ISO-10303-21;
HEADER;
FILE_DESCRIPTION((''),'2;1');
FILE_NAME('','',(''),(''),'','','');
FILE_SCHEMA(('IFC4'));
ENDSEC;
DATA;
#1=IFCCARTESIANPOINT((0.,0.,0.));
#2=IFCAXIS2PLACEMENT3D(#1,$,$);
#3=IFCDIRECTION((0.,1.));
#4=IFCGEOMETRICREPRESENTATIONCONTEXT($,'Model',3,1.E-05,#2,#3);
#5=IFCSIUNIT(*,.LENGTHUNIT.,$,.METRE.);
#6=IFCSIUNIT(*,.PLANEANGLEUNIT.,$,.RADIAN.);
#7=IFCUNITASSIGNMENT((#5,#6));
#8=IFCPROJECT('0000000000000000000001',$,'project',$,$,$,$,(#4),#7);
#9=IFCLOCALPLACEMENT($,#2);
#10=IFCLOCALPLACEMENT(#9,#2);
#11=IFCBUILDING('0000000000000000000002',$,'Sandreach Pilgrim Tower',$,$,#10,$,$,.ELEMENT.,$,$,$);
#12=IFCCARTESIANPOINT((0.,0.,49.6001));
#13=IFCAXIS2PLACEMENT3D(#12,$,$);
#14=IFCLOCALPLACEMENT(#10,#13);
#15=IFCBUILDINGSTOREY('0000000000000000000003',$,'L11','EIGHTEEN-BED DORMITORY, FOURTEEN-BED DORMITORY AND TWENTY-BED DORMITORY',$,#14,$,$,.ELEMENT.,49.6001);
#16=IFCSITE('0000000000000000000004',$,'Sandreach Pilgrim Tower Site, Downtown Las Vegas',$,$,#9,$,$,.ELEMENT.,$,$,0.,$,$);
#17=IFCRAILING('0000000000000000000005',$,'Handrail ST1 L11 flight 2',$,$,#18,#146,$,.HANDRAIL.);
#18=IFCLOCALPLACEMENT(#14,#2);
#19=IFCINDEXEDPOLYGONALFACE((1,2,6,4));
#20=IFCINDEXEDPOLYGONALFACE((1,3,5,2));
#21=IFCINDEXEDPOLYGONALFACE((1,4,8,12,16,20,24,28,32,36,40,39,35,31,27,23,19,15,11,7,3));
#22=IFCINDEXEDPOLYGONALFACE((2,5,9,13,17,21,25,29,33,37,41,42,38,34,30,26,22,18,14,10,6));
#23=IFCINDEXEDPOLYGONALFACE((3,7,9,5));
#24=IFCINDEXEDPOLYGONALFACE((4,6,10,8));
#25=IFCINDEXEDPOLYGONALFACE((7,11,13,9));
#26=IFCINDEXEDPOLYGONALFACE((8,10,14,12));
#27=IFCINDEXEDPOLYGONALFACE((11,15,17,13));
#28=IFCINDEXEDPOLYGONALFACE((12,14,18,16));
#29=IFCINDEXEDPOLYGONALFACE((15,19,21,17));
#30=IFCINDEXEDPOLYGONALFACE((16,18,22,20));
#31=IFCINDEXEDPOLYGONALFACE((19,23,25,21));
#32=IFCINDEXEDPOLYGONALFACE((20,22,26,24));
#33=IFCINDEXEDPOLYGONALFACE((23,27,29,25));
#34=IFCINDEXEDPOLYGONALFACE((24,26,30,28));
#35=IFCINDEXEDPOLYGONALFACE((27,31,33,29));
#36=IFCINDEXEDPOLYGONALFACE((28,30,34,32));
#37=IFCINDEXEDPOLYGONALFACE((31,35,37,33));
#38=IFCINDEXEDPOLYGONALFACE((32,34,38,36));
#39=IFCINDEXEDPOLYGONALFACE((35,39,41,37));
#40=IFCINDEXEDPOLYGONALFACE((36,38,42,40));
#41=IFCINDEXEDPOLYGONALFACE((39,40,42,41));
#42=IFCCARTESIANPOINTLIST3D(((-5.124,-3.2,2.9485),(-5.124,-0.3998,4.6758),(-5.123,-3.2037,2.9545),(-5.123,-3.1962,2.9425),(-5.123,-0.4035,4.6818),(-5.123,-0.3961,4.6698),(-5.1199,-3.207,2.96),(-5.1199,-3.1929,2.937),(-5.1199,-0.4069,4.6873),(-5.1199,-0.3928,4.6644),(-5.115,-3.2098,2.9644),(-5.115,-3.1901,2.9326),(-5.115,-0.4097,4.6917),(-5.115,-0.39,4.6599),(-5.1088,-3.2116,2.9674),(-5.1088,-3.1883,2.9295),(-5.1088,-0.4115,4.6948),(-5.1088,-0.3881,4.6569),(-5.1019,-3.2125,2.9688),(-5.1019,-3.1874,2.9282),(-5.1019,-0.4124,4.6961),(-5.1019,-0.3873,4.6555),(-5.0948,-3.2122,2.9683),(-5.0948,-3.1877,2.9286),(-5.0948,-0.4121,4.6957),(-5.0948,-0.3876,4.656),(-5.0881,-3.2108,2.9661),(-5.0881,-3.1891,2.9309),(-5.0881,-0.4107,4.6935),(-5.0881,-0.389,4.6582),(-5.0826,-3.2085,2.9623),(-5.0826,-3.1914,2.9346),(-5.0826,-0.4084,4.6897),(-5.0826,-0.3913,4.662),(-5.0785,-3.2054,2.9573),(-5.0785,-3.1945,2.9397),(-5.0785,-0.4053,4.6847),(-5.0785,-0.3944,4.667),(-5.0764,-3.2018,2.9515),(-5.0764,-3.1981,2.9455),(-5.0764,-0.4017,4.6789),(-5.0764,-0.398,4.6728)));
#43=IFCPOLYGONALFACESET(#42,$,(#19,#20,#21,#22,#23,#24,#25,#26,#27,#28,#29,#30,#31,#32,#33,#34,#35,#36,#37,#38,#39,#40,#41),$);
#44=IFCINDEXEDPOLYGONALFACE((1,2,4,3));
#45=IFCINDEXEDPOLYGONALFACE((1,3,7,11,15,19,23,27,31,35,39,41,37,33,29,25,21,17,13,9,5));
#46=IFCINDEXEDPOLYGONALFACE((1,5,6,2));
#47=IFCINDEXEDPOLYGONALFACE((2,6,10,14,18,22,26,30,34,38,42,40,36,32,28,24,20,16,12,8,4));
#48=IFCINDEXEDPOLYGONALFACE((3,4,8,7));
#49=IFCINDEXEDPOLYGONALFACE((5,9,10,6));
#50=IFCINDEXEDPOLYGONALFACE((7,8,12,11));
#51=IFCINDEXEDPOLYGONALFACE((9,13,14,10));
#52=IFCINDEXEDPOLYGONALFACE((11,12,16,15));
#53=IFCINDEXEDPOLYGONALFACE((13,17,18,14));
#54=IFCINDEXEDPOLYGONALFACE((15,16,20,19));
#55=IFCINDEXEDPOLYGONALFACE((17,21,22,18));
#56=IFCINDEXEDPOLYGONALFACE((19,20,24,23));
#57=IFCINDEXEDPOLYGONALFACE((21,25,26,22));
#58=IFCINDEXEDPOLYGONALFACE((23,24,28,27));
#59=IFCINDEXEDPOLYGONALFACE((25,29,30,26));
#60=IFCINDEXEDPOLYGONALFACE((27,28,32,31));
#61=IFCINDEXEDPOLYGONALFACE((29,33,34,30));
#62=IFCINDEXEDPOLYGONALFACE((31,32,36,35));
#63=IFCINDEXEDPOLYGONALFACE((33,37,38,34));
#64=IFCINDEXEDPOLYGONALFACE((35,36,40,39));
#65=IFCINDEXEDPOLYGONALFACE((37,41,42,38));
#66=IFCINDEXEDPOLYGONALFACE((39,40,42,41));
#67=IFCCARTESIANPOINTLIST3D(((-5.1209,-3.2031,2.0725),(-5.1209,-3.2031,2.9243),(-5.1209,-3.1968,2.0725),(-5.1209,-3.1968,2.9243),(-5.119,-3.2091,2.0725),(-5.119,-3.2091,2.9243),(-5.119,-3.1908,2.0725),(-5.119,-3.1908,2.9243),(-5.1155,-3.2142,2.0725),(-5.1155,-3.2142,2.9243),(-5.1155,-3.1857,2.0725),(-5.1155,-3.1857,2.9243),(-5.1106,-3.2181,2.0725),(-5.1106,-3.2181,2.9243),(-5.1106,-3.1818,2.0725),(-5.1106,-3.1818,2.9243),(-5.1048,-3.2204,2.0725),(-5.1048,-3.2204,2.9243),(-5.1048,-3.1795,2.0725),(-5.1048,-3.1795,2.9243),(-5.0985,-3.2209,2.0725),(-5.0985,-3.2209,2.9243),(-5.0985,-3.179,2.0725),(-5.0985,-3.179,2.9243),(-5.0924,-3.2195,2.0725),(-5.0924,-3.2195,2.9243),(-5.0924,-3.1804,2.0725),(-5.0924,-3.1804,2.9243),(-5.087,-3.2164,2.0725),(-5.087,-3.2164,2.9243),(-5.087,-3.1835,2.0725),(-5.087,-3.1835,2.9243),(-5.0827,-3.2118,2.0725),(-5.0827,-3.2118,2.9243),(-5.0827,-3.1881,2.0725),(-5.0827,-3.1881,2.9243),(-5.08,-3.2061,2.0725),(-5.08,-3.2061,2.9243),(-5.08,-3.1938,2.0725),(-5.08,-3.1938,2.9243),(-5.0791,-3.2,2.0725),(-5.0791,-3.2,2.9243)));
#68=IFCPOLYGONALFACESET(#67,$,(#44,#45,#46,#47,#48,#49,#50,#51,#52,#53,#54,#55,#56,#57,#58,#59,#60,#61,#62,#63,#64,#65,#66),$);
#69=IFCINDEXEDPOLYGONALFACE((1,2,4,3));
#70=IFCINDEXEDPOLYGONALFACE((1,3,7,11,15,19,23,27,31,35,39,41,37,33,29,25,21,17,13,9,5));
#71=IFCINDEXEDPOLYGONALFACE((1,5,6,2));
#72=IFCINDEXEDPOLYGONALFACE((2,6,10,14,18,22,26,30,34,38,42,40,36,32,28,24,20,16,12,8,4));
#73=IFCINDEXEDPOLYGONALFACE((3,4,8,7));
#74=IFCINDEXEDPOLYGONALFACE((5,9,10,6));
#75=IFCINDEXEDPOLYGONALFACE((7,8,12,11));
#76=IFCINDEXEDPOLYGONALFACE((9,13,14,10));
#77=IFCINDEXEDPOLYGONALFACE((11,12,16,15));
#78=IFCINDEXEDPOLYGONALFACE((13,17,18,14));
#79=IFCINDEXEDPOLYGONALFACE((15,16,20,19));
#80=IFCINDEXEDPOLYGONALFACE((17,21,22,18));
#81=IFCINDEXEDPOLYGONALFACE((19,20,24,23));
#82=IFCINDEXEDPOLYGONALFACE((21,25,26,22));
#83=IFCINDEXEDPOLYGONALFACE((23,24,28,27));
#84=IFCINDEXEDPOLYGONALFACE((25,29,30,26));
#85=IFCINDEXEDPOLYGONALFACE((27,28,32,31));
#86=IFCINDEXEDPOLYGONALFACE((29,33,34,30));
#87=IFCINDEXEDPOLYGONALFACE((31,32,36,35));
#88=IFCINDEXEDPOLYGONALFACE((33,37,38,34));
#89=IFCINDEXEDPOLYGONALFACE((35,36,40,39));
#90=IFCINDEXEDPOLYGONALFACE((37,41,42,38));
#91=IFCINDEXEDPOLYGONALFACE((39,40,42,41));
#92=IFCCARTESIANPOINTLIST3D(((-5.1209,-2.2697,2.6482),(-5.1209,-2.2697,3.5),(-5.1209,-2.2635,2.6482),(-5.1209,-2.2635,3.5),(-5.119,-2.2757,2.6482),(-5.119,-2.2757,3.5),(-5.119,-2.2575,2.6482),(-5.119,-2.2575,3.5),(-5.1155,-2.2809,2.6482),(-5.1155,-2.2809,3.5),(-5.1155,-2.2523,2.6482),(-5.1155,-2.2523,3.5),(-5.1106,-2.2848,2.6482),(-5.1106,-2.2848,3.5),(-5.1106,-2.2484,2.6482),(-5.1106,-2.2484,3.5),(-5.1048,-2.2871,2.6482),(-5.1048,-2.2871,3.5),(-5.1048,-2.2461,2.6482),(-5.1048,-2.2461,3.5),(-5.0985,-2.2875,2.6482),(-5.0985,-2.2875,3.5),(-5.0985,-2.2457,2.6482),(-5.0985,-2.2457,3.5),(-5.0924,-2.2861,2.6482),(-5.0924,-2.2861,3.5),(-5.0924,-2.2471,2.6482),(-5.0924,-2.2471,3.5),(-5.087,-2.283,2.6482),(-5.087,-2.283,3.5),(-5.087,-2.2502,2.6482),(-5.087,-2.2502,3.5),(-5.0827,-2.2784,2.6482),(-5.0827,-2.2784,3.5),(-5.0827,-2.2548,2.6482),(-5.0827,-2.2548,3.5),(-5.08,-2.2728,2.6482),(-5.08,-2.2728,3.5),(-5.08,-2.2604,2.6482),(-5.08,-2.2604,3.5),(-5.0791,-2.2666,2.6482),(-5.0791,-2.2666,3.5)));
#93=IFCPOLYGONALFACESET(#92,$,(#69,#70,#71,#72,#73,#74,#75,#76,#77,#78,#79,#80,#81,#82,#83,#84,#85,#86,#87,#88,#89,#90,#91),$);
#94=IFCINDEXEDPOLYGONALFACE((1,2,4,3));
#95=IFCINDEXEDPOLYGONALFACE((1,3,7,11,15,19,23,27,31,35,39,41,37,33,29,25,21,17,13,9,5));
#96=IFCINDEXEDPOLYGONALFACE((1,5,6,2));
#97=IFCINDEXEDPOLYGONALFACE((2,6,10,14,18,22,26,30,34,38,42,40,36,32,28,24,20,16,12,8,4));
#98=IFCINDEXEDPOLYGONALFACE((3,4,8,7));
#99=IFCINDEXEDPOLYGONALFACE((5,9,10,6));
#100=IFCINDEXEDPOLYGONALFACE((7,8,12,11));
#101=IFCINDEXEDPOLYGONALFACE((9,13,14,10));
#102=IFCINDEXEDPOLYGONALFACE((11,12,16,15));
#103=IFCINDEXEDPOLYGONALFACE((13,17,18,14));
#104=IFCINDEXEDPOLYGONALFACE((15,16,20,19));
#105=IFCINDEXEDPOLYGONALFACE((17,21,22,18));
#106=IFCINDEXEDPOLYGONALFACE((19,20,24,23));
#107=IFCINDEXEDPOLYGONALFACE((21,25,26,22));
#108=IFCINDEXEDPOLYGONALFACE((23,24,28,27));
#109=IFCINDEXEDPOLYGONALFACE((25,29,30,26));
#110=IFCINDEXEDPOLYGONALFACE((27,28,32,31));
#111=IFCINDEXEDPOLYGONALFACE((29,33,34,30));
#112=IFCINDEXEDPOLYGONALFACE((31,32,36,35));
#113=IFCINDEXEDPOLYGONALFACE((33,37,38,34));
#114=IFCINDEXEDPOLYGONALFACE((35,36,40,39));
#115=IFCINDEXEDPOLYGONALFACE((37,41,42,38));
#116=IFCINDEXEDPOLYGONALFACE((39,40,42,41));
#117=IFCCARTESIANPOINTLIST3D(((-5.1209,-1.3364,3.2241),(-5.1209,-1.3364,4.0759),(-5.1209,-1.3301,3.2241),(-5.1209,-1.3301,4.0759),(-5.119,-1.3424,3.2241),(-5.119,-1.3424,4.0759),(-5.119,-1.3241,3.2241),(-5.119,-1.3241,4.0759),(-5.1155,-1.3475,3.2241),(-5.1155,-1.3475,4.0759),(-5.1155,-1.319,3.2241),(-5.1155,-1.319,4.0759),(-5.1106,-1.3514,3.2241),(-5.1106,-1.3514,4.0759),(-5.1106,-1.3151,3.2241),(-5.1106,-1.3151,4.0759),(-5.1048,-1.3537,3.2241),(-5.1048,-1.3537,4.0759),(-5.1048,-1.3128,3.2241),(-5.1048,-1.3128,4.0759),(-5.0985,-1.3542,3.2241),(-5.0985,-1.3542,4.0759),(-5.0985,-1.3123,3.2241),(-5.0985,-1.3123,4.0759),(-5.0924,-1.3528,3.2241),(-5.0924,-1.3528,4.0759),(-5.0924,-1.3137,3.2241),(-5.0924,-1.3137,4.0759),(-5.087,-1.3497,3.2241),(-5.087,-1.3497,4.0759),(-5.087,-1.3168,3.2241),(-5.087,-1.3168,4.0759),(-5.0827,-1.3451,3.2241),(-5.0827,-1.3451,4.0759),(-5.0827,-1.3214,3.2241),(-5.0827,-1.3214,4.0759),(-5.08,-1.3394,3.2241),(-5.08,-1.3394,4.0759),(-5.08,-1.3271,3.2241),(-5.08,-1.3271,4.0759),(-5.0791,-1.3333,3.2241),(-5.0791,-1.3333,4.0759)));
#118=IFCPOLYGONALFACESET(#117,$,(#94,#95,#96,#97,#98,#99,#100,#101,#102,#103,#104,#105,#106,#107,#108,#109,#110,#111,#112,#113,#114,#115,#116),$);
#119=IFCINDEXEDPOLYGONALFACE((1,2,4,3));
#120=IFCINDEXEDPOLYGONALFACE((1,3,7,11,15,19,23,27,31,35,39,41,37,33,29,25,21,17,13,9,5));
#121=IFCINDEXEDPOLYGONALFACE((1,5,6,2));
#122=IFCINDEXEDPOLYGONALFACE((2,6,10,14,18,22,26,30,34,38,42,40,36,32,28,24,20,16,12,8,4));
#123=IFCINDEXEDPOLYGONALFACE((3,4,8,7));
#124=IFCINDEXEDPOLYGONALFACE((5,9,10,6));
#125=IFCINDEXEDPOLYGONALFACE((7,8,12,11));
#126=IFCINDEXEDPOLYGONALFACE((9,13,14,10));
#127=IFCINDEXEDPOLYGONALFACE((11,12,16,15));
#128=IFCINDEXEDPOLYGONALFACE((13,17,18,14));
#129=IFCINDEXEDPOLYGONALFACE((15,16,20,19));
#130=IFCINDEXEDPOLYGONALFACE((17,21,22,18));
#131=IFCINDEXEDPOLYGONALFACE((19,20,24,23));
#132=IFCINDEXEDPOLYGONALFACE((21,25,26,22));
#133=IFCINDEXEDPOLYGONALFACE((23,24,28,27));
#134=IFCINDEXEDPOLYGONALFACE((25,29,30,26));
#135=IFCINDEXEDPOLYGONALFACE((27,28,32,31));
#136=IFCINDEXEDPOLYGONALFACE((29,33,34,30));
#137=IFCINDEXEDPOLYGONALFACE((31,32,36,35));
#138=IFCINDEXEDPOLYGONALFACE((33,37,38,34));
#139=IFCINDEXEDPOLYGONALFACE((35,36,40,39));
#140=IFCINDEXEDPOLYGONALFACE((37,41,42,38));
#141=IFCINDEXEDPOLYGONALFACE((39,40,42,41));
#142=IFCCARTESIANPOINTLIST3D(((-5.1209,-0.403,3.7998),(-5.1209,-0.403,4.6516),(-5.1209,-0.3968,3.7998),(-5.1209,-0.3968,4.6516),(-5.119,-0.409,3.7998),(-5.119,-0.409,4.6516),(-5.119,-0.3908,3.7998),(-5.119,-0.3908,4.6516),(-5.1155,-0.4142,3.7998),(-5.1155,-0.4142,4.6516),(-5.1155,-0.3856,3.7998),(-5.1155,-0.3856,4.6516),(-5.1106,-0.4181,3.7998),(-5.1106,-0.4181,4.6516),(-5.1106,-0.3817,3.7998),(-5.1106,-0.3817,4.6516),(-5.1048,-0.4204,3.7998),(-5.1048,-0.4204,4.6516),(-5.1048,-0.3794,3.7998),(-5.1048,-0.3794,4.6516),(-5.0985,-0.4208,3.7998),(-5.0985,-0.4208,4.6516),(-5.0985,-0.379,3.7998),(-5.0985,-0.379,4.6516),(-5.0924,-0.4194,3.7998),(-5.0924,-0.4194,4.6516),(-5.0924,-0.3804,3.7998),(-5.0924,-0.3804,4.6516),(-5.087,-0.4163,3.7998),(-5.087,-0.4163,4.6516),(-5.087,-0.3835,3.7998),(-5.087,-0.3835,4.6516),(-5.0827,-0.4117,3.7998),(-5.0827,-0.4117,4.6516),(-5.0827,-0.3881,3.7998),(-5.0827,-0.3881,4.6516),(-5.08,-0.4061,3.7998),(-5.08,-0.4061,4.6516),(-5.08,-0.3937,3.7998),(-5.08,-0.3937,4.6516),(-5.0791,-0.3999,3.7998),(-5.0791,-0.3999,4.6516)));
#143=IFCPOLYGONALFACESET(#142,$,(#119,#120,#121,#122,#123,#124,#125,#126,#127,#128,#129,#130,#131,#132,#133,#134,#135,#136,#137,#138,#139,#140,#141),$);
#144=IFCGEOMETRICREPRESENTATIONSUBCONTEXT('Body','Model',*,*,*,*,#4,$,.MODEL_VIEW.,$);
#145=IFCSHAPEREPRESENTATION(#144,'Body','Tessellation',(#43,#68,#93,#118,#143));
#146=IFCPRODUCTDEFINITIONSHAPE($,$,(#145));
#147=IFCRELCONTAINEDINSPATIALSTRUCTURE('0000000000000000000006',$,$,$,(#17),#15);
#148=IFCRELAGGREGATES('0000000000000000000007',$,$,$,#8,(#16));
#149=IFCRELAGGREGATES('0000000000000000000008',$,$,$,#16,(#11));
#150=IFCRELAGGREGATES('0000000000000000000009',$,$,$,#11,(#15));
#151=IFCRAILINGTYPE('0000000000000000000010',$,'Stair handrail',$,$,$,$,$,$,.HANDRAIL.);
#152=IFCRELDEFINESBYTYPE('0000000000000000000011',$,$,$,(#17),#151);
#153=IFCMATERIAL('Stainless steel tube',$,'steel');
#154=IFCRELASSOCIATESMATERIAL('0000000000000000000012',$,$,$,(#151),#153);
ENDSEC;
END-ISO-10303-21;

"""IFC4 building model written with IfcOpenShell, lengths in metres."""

from ifc_helpers import new_model, si_unit, direction, frame, origin, origin_2d, place, context, subcontext, project, spatial, circle, extrude, material, type_object, element, save


model = new_model("IFC4")

# Units and contexts
model_context = context("Model", 3, precision=1e-05, world=origin(), true_north=direction((0.0, 1.0)))
body_context = subcontext(model_context, "Body", "Model", "MODEL_VIEW")
ifc_project = project(units=[si_unit("LENGTHUNIT", "METRE"), si_unit("PLANEANGLEUNIT", "RADIAN")], contexts=[model_context])

# Site, building, storey
site_placement = place(None, origin())
site = spatial("IfcSite", under=ifc_project, at=site_placement, Name="Sandreach Pilgrim Tower Site, Downtown Las Vegas", CompositionType="ELEMENT", RefElevation=0.0)
building_placement = place(site_placement, origin())
building = spatial("IfcBuilding", under=site, at=building_placement, Name="Sandreach Pilgrim Tower", CompositionType="ELEMENT")
storey_placement = place(building_placement, frame((0.0, 0.0, 49.6001)))
storey = spatial("IfcBuildingStorey", under=building, at=storey_placement, Name="L11", Description="EIGHTEEN-BED DORMITORY, FOURTEEN-BED DORMITORY AND TWENTY-BED DORMITORY", CompositionType="ELEMENT", Elevation=49.6001)

# Railing
ifc_material_1 = material(Name="Stainless steel tube", Category="steel")
railing_type = type_object("IfcRailingType", Name="Stair handrail", PredefinedType="HANDRAIL", material=ifc_material_1)
for number, where, name in (
    (1, (-5.1001, -3.2, 2.0725), "Handrail ST1 L11 flight 2"),
):
    element("IfcRailing", number, at=place(storey_placement, frame(where)), inside=storey, type_object=railing_type, Name=name, PredefinedType="HANDRAIL", context=body_context, shape_type="SweptSolid", body=[
        extrude(circle(Radius=0.0239, at=origin_2d()), frame((0.0, 0.0, 0.876), z_axis=(0.0, 0.85109, 0.52502), x_axis=(-1.0, 0.0, 0.0)), (0.0, 0.0, 1.0), 3.29),
        extrude(circle(Radius=0.021, at=origin_2d()), origin(), (0.0, 0.0, 1.0), 0.8518),
        extrude(circle(Radius=0.021, at=origin_2d()), frame((0.0, 0.9333, 0.5757)), (0.0, 0.0, 1.0), 0.8518),
        extrude(circle(Radius=0.021, at=origin_2d()), frame((0.0, 1.8667, 1.1516)), (0.0, 0.0, 1.0), 0.8518),
        extrude(circle(Radius=0.021, at=origin_2d()), frame((0.0, 2.8, 1.7273)), (0.0, 0.0, 1.0), 0.8518),
    ])

save(model, "model.ifc")
